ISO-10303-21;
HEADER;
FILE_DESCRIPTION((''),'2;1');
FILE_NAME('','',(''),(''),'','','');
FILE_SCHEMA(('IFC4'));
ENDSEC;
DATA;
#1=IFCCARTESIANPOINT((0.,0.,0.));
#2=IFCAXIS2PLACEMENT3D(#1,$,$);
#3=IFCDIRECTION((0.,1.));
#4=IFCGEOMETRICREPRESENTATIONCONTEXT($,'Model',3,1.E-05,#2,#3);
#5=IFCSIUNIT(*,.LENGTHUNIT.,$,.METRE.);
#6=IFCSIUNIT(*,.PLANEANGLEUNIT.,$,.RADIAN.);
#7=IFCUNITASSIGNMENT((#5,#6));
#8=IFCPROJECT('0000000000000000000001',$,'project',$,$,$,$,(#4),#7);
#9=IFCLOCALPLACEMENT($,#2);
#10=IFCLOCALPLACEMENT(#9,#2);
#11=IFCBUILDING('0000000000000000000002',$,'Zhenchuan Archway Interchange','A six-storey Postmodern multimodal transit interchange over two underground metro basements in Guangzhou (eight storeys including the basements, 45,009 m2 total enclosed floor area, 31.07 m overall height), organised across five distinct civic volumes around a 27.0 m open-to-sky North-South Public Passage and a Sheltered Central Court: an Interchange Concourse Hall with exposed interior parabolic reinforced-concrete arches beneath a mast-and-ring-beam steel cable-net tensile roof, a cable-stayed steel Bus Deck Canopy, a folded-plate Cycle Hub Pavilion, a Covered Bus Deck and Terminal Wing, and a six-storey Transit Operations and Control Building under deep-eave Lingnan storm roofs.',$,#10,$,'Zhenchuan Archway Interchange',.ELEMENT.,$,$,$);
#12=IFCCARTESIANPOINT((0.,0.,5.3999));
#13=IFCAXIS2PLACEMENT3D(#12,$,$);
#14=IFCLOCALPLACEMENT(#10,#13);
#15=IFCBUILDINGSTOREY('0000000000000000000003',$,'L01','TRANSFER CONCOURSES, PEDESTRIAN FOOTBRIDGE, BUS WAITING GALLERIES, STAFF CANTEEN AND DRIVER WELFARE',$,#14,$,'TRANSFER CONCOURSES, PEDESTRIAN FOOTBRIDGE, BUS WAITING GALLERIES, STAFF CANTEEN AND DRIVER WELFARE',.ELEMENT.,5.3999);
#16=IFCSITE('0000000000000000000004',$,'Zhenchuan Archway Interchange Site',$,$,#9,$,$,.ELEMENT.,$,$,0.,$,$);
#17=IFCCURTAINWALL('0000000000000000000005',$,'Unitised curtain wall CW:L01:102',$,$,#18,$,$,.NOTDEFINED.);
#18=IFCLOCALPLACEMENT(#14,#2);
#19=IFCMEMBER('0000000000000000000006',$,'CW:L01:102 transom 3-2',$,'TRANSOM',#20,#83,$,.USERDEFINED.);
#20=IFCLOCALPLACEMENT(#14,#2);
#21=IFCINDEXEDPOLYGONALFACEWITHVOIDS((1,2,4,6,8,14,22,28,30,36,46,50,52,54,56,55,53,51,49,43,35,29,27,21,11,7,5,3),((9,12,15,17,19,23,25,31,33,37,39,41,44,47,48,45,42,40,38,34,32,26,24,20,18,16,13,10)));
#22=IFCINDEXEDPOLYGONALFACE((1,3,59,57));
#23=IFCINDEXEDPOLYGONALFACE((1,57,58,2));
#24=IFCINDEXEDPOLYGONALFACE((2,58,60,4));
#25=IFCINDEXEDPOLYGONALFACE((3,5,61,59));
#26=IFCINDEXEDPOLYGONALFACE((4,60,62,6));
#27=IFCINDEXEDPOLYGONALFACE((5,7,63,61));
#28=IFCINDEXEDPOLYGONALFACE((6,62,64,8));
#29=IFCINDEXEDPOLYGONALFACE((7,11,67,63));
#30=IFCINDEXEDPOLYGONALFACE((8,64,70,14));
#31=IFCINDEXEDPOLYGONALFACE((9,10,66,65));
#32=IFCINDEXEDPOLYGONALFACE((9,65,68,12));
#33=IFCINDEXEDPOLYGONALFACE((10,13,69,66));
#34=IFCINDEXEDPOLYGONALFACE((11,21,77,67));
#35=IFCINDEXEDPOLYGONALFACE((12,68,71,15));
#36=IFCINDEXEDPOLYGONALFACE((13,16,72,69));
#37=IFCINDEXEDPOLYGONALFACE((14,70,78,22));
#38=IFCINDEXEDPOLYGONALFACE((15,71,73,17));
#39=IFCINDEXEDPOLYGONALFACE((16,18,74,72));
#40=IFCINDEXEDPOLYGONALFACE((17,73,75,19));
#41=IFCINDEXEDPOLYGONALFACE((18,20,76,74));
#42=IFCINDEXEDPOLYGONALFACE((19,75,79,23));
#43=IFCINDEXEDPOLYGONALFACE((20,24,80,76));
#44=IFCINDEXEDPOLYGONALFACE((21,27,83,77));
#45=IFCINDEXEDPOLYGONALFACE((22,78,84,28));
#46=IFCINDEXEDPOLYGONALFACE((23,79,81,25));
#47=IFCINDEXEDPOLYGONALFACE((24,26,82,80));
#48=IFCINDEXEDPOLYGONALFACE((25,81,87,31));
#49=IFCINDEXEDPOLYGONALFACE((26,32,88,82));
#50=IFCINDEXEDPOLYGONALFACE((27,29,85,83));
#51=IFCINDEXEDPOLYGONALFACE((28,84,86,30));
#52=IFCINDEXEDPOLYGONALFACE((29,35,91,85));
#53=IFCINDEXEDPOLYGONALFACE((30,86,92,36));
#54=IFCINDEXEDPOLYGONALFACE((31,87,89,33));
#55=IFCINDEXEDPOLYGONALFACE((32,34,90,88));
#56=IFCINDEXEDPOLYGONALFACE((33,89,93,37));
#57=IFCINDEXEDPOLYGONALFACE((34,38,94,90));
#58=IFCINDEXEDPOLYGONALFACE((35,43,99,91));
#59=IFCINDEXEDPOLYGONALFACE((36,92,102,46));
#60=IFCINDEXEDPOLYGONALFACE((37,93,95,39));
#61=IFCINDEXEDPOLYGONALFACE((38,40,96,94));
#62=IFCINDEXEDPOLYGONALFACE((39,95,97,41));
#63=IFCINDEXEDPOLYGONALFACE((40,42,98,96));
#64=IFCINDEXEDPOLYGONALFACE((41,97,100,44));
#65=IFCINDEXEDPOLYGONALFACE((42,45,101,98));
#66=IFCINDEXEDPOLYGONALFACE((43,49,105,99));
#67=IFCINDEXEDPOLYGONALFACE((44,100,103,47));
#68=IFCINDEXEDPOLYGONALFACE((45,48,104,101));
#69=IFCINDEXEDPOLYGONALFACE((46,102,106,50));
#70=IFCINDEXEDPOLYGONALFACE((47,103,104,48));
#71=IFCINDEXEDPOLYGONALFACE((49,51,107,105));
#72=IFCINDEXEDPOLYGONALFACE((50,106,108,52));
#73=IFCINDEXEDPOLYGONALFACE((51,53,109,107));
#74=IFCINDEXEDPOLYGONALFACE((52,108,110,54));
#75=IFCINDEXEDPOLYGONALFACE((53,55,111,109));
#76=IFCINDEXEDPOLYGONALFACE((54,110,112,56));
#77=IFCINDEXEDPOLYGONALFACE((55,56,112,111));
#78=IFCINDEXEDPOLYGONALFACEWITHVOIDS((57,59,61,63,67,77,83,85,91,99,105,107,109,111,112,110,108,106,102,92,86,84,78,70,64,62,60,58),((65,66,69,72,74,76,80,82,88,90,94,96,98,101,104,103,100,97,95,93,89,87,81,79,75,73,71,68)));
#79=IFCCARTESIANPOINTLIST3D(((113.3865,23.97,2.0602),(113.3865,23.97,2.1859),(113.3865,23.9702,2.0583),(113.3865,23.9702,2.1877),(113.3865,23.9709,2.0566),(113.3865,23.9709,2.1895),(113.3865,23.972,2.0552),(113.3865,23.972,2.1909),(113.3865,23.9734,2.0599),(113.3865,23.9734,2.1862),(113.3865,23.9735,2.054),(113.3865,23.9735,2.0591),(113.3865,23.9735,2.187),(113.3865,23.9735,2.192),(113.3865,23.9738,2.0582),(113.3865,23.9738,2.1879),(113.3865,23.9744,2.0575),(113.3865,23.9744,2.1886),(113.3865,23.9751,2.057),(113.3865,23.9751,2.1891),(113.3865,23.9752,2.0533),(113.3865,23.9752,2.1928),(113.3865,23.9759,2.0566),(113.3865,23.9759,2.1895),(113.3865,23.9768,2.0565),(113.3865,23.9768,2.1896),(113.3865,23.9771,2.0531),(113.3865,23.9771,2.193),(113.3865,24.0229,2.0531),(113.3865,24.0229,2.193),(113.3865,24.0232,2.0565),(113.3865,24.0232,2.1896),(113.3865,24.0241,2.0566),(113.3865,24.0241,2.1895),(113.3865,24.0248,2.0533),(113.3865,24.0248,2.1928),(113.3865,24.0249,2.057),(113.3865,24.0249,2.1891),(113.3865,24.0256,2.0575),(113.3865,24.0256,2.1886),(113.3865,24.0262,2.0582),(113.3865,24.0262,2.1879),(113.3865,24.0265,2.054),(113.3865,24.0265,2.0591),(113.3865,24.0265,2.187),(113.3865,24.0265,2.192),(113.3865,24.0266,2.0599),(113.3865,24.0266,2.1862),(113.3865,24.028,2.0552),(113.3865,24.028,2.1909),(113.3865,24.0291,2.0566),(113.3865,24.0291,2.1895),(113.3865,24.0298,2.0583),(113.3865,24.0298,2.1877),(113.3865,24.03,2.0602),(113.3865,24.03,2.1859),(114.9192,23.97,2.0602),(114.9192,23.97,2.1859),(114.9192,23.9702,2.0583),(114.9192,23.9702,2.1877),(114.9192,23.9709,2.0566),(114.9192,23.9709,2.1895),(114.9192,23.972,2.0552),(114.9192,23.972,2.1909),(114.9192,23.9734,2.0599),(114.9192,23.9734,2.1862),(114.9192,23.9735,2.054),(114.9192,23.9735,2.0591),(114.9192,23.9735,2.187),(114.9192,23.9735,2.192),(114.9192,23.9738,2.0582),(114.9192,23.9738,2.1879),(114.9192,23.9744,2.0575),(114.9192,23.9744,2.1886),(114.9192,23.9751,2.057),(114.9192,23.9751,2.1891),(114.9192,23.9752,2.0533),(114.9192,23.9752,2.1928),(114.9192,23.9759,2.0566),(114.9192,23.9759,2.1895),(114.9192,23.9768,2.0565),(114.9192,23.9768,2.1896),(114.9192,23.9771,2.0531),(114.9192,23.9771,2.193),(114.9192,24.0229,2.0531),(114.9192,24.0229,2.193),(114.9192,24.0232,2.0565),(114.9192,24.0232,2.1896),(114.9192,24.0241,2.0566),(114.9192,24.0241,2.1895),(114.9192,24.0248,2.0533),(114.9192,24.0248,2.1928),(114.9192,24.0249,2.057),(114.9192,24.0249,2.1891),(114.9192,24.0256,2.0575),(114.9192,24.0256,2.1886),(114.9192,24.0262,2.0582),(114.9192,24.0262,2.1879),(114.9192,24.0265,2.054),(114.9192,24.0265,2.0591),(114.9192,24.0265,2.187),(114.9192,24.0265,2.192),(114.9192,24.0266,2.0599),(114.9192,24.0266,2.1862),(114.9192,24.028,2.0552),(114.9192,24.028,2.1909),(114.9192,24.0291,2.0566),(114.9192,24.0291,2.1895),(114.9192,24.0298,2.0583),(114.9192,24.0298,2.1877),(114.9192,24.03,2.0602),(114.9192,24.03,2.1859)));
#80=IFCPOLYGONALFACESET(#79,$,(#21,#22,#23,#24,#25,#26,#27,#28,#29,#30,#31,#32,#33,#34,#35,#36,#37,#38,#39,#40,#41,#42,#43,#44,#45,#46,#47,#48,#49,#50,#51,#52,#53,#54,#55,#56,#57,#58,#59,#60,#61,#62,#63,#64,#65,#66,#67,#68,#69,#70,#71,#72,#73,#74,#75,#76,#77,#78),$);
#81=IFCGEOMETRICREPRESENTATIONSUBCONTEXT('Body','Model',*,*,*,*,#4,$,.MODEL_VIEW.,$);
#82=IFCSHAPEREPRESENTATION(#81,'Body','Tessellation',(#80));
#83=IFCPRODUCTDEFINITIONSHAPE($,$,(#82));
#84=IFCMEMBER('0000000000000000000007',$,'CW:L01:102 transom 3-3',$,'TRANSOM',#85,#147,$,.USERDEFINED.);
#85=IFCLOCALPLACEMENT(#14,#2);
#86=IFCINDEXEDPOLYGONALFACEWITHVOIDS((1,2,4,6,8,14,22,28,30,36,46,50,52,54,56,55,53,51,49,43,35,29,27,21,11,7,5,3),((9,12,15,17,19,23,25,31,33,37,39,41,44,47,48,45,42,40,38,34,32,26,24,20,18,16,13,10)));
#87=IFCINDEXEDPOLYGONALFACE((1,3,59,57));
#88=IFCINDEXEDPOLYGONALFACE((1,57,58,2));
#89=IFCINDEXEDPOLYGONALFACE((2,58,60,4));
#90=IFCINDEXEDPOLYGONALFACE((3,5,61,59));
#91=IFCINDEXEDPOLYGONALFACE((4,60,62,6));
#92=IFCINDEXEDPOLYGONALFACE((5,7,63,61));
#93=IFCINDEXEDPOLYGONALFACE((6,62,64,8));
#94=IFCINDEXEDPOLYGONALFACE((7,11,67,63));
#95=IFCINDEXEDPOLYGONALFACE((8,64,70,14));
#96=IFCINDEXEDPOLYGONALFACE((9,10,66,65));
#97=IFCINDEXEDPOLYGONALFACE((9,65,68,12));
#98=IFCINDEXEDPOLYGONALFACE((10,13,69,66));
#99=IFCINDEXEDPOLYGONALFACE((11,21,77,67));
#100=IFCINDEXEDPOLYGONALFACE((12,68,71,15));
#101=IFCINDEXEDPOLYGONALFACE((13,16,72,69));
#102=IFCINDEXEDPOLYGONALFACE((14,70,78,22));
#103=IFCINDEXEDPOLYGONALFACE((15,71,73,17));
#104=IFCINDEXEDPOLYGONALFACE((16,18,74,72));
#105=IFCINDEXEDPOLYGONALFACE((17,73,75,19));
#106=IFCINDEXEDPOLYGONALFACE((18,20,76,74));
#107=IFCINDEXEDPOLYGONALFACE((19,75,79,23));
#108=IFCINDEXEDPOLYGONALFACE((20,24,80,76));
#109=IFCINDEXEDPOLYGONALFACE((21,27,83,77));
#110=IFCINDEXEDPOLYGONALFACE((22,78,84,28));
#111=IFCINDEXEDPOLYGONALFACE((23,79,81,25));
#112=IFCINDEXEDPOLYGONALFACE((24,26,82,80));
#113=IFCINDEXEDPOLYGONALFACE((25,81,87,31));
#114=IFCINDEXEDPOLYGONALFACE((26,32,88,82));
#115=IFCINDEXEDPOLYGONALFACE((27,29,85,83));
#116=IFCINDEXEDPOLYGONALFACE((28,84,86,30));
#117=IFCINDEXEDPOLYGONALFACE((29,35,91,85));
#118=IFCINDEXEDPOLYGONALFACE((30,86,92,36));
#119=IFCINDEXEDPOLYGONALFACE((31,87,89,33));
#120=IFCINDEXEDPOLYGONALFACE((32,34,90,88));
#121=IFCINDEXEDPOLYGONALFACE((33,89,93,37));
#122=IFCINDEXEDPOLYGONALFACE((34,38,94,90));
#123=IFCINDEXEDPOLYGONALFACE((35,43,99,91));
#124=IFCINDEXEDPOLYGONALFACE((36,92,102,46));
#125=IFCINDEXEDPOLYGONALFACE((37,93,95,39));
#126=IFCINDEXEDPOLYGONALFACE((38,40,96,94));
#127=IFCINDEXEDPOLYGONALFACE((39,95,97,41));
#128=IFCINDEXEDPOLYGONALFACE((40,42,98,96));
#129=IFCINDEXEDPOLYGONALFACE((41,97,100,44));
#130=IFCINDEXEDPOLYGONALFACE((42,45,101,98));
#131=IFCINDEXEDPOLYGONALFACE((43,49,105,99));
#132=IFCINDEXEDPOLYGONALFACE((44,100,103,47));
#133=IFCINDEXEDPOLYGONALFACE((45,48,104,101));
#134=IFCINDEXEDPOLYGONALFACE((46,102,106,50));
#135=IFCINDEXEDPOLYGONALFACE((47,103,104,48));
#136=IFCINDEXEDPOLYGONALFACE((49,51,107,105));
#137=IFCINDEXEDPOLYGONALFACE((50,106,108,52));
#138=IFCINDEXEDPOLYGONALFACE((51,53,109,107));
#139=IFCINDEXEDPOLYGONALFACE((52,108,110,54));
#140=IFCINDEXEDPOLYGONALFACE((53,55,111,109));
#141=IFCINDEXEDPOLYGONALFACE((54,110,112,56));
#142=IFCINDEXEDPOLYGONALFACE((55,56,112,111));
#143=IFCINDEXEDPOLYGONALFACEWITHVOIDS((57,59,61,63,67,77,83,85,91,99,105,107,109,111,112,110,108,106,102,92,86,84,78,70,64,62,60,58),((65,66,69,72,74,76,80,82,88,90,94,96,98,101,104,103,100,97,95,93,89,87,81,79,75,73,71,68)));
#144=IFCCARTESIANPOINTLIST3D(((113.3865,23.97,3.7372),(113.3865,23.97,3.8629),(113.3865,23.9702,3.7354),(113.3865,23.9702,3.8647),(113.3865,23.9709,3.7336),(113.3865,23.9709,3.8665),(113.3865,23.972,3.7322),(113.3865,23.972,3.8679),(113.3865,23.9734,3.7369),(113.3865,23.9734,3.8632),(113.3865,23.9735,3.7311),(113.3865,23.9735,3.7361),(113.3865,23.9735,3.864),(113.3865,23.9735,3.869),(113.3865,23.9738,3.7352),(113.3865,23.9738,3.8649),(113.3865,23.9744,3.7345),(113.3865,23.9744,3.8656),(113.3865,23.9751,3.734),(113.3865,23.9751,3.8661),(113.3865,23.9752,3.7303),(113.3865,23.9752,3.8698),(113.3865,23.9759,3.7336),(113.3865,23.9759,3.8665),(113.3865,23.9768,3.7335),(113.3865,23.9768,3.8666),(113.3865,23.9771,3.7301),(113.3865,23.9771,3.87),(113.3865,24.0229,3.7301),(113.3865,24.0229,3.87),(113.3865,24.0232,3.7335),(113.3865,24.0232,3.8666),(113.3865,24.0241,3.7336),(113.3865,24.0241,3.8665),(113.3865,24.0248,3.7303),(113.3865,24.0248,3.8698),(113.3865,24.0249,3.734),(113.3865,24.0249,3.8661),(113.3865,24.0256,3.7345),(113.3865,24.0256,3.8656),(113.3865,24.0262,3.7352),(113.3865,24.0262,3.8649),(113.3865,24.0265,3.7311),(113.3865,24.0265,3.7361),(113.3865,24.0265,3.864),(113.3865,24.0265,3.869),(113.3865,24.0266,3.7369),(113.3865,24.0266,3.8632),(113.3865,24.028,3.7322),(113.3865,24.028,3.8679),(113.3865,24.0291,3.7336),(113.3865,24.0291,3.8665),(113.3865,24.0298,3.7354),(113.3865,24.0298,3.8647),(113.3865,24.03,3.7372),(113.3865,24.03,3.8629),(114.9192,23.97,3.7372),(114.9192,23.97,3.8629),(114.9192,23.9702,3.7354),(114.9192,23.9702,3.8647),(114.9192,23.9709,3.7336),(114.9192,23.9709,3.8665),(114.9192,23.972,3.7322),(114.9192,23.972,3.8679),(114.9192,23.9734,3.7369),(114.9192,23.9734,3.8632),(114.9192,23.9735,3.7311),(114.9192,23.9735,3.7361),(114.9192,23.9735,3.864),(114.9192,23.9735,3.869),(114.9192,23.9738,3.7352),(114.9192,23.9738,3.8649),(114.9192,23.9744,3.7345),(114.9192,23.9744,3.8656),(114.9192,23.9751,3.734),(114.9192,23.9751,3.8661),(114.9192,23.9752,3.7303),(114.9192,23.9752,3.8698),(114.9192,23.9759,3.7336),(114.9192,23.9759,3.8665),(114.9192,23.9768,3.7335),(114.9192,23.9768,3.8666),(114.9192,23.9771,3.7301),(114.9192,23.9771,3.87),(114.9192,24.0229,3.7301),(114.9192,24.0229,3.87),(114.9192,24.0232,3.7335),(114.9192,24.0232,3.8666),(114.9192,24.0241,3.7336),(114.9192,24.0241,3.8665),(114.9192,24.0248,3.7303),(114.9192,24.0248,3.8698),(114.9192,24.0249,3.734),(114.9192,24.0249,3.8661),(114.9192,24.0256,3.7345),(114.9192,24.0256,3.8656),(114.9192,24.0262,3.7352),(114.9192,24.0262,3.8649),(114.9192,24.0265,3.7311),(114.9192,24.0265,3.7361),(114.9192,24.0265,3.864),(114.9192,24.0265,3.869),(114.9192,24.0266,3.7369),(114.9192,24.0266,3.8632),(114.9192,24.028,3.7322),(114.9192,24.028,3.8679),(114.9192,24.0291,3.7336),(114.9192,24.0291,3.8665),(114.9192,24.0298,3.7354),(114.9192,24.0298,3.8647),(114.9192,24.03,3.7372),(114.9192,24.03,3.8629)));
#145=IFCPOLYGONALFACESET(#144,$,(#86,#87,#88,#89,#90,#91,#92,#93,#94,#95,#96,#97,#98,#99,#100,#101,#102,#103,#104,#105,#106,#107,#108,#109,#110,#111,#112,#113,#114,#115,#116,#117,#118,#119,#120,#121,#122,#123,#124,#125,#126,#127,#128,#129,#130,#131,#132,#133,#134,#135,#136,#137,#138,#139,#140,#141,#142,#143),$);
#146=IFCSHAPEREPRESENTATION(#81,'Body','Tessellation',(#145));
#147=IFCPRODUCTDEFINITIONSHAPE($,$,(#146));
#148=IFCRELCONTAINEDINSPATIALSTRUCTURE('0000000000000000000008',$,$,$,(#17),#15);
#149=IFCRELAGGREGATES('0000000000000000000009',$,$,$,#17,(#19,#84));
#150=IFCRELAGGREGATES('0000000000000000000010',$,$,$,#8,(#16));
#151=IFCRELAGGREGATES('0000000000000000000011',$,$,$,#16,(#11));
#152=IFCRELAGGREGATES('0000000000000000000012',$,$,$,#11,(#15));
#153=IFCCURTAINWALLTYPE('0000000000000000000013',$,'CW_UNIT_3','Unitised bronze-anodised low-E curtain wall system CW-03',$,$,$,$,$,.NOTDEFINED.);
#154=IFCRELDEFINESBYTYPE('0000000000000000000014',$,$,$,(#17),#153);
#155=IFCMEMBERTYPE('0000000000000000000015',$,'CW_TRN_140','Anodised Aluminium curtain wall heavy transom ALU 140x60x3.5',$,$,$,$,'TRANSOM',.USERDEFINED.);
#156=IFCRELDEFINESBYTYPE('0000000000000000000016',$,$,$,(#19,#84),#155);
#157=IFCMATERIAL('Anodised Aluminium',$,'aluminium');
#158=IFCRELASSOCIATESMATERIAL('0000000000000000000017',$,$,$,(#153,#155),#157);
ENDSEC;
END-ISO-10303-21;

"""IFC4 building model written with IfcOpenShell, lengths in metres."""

from ifc_helpers import new_model, si_unit, direction, frame, origin, origin_2d, place, context, subcontext, project, spatial, hollow_rectangle, extrude, material, material_profile, profile_set, type_object, element, aggregate, save


model = new_model("IFC4")

# Units and contexts
model_context = context("Model", 3, precision=1e-05, world=origin(), true_north=direction((0.0, 1.0)))
body_context = subcontext(model_context, "Body", "Model", "MODEL_VIEW")
ifc_project = project(units=[si_unit("LENGTHUNIT", "METRE"), si_unit("PLANEANGLEUNIT", "RADIAN")], contexts=[model_context])

# Site, building, storey
site_placement = place(None, origin())
site = spatial("IfcSite", under=ifc_project, at=site_placement, Name="Zhenchuan Archway Interchange Site", CompositionType="ELEMENT", RefElevation=0.0)
building_placement = place(site_placement, origin())
building = spatial("IfcBuilding", under=site, at=building_placement, Name="Zhenchuan Archway Interchange", Description="A six-storey Postmodern multimodal transit interchange over two underground metro basements in Guangzhou (eight storeys including the basements, 45,009 m2 total enclosed floor area, 31.07 m overall height), organised across five distinct civic volumes around a 27.0 m open-to-sky North-South Public Passage and a Sheltered Central Court: an Interchange Concourse Hall with exposed interior parabolic reinforced-concrete arches beneath a mast-and-ring-beam steel cable-net tensile roof, a cable-stayed steel Bus Deck Canopy, a folded-plate Cycle Hub Pavilion, a Covered Bus Deck and Terminal Wing, and a six-storey Transit Operations and Control Building under deep-eave Lingnan storm roofs.", LongName="Zhenchuan Archway Interchange", CompositionType="ELEMENT")
storey_placement = place(building_placement, frame((0.0, 0.0, 5.3999)))
storey = spatial("IfcBuildingStorey", under=building, at=storey_placement, Name="L01", Description="TRANSFER CONCOURSES, PEDESTRIAN FOOTBRIDGE, BUS WAITING GALLERIES, STAFF CANTEEN AND DRIVER WELFARE", LongName="TRANSFER CONCOURSES, PEDESTRIAN FOOTBRIDGE, BUS WAITING GALLERIES, STAFF CANTEEN AND DRIVER WELFARE", CompositionType="ELEMENT", Elevation=5.3999)

# Curtain wall, members
ifc_material_1 = material(Name="Anodised Aluminium", Category="aluminium")
curtain_wall_type = type_object("IfcCurtainWallType", Name="CW_UNIT_3", Description="Unitised bronze-anodised low-E curtain wall system CW-03", PredefinedType="NOTDEFINED", material=ifc_material_1)
curtain_wall_placement = place(storey_placement, origin())
curtain_wall = element("IfcCurtainWall", 1, at=curtain_wall_placement, inside=storey, type_object=curtain_wall_type, Name="Unitised curtain wall CW:L01:102", PredefinedType="NOTDEFINED")
ifc_material_profile_1 = material_profile(ifc_material_1, hollow_rectangle(XDim=0.0601, YDim=0.1399, WallThickness=0.0034, InnerFilletRadius=0.0034, OuterFilletRadius=0.0071, at=origin_2d()), Name="ALU 140x60x3.5")
ifc_profile_set_1 = profile_set([ifc_material_profile_1], Name="Anodised Aluminium")
member_type_1 = type_object("IfcMemberType", Name="CW_TRN_140", Description="Anodised Aluminium curtain wall heavy transom ALU 140x60x3.5", ElementType="TRANSOM", PredefinedType="USERDEFINED", material=ifc_profile_set_1)
member_1_placement = place(storey_placement, frame((113.3865, 24.0, 2.123), z_axis=(1.0, 0.0, 0.0), x_axis=(0.0, 1.0, 0.0)))
member_1 = element("IfcMember", 2, at=member_1_placement, type_object=member_type_1, Name="CW:L01:102 transom 3-2", ObjectType="TRANSOM", PredefinedType="USERDEFINED", context=body_context, shape_type="SweptSolid", body=[
    extrude(hollow_rectangle(XDim=0.0601, YDim=0.1399, WallThickness=0.0034, InnerFilletRadius=0.0034, OuterFilletRadius=0.0071, at=origin_2d()), origin(), (0.0, 0.0, 1.0), 1.5327),
])
member_2_placement = place(storey_placement, frame((113.3865, 24.0, 3.8), z_axis=(1.0, 0.0, 0.0), x_axis=(0.0, 1.0, 0.0)))
member_2 = element("IfcMember", 3, at=member_2_placement, type_object=member_type_1, Name="CW:L01:102 transom 3-3", ObjectType="TRANSOM", PredefinedType="USERDEFINED", context=body_context, shape_type="SweptSolid", body=[
    extrude(hollow_rectangle(XDim=0.0601, YDim=0.1399, WallThickness=0.0034, InnerFilletRadius=0.0034, OuterFilletRadius=0.0071, at=origin_2d()), origin(), (0.0, 0.0, 1.0), 1.5327),
])

aggregate(curtain_wall, [member_1, member_2])

save(model, "model.ifc")
